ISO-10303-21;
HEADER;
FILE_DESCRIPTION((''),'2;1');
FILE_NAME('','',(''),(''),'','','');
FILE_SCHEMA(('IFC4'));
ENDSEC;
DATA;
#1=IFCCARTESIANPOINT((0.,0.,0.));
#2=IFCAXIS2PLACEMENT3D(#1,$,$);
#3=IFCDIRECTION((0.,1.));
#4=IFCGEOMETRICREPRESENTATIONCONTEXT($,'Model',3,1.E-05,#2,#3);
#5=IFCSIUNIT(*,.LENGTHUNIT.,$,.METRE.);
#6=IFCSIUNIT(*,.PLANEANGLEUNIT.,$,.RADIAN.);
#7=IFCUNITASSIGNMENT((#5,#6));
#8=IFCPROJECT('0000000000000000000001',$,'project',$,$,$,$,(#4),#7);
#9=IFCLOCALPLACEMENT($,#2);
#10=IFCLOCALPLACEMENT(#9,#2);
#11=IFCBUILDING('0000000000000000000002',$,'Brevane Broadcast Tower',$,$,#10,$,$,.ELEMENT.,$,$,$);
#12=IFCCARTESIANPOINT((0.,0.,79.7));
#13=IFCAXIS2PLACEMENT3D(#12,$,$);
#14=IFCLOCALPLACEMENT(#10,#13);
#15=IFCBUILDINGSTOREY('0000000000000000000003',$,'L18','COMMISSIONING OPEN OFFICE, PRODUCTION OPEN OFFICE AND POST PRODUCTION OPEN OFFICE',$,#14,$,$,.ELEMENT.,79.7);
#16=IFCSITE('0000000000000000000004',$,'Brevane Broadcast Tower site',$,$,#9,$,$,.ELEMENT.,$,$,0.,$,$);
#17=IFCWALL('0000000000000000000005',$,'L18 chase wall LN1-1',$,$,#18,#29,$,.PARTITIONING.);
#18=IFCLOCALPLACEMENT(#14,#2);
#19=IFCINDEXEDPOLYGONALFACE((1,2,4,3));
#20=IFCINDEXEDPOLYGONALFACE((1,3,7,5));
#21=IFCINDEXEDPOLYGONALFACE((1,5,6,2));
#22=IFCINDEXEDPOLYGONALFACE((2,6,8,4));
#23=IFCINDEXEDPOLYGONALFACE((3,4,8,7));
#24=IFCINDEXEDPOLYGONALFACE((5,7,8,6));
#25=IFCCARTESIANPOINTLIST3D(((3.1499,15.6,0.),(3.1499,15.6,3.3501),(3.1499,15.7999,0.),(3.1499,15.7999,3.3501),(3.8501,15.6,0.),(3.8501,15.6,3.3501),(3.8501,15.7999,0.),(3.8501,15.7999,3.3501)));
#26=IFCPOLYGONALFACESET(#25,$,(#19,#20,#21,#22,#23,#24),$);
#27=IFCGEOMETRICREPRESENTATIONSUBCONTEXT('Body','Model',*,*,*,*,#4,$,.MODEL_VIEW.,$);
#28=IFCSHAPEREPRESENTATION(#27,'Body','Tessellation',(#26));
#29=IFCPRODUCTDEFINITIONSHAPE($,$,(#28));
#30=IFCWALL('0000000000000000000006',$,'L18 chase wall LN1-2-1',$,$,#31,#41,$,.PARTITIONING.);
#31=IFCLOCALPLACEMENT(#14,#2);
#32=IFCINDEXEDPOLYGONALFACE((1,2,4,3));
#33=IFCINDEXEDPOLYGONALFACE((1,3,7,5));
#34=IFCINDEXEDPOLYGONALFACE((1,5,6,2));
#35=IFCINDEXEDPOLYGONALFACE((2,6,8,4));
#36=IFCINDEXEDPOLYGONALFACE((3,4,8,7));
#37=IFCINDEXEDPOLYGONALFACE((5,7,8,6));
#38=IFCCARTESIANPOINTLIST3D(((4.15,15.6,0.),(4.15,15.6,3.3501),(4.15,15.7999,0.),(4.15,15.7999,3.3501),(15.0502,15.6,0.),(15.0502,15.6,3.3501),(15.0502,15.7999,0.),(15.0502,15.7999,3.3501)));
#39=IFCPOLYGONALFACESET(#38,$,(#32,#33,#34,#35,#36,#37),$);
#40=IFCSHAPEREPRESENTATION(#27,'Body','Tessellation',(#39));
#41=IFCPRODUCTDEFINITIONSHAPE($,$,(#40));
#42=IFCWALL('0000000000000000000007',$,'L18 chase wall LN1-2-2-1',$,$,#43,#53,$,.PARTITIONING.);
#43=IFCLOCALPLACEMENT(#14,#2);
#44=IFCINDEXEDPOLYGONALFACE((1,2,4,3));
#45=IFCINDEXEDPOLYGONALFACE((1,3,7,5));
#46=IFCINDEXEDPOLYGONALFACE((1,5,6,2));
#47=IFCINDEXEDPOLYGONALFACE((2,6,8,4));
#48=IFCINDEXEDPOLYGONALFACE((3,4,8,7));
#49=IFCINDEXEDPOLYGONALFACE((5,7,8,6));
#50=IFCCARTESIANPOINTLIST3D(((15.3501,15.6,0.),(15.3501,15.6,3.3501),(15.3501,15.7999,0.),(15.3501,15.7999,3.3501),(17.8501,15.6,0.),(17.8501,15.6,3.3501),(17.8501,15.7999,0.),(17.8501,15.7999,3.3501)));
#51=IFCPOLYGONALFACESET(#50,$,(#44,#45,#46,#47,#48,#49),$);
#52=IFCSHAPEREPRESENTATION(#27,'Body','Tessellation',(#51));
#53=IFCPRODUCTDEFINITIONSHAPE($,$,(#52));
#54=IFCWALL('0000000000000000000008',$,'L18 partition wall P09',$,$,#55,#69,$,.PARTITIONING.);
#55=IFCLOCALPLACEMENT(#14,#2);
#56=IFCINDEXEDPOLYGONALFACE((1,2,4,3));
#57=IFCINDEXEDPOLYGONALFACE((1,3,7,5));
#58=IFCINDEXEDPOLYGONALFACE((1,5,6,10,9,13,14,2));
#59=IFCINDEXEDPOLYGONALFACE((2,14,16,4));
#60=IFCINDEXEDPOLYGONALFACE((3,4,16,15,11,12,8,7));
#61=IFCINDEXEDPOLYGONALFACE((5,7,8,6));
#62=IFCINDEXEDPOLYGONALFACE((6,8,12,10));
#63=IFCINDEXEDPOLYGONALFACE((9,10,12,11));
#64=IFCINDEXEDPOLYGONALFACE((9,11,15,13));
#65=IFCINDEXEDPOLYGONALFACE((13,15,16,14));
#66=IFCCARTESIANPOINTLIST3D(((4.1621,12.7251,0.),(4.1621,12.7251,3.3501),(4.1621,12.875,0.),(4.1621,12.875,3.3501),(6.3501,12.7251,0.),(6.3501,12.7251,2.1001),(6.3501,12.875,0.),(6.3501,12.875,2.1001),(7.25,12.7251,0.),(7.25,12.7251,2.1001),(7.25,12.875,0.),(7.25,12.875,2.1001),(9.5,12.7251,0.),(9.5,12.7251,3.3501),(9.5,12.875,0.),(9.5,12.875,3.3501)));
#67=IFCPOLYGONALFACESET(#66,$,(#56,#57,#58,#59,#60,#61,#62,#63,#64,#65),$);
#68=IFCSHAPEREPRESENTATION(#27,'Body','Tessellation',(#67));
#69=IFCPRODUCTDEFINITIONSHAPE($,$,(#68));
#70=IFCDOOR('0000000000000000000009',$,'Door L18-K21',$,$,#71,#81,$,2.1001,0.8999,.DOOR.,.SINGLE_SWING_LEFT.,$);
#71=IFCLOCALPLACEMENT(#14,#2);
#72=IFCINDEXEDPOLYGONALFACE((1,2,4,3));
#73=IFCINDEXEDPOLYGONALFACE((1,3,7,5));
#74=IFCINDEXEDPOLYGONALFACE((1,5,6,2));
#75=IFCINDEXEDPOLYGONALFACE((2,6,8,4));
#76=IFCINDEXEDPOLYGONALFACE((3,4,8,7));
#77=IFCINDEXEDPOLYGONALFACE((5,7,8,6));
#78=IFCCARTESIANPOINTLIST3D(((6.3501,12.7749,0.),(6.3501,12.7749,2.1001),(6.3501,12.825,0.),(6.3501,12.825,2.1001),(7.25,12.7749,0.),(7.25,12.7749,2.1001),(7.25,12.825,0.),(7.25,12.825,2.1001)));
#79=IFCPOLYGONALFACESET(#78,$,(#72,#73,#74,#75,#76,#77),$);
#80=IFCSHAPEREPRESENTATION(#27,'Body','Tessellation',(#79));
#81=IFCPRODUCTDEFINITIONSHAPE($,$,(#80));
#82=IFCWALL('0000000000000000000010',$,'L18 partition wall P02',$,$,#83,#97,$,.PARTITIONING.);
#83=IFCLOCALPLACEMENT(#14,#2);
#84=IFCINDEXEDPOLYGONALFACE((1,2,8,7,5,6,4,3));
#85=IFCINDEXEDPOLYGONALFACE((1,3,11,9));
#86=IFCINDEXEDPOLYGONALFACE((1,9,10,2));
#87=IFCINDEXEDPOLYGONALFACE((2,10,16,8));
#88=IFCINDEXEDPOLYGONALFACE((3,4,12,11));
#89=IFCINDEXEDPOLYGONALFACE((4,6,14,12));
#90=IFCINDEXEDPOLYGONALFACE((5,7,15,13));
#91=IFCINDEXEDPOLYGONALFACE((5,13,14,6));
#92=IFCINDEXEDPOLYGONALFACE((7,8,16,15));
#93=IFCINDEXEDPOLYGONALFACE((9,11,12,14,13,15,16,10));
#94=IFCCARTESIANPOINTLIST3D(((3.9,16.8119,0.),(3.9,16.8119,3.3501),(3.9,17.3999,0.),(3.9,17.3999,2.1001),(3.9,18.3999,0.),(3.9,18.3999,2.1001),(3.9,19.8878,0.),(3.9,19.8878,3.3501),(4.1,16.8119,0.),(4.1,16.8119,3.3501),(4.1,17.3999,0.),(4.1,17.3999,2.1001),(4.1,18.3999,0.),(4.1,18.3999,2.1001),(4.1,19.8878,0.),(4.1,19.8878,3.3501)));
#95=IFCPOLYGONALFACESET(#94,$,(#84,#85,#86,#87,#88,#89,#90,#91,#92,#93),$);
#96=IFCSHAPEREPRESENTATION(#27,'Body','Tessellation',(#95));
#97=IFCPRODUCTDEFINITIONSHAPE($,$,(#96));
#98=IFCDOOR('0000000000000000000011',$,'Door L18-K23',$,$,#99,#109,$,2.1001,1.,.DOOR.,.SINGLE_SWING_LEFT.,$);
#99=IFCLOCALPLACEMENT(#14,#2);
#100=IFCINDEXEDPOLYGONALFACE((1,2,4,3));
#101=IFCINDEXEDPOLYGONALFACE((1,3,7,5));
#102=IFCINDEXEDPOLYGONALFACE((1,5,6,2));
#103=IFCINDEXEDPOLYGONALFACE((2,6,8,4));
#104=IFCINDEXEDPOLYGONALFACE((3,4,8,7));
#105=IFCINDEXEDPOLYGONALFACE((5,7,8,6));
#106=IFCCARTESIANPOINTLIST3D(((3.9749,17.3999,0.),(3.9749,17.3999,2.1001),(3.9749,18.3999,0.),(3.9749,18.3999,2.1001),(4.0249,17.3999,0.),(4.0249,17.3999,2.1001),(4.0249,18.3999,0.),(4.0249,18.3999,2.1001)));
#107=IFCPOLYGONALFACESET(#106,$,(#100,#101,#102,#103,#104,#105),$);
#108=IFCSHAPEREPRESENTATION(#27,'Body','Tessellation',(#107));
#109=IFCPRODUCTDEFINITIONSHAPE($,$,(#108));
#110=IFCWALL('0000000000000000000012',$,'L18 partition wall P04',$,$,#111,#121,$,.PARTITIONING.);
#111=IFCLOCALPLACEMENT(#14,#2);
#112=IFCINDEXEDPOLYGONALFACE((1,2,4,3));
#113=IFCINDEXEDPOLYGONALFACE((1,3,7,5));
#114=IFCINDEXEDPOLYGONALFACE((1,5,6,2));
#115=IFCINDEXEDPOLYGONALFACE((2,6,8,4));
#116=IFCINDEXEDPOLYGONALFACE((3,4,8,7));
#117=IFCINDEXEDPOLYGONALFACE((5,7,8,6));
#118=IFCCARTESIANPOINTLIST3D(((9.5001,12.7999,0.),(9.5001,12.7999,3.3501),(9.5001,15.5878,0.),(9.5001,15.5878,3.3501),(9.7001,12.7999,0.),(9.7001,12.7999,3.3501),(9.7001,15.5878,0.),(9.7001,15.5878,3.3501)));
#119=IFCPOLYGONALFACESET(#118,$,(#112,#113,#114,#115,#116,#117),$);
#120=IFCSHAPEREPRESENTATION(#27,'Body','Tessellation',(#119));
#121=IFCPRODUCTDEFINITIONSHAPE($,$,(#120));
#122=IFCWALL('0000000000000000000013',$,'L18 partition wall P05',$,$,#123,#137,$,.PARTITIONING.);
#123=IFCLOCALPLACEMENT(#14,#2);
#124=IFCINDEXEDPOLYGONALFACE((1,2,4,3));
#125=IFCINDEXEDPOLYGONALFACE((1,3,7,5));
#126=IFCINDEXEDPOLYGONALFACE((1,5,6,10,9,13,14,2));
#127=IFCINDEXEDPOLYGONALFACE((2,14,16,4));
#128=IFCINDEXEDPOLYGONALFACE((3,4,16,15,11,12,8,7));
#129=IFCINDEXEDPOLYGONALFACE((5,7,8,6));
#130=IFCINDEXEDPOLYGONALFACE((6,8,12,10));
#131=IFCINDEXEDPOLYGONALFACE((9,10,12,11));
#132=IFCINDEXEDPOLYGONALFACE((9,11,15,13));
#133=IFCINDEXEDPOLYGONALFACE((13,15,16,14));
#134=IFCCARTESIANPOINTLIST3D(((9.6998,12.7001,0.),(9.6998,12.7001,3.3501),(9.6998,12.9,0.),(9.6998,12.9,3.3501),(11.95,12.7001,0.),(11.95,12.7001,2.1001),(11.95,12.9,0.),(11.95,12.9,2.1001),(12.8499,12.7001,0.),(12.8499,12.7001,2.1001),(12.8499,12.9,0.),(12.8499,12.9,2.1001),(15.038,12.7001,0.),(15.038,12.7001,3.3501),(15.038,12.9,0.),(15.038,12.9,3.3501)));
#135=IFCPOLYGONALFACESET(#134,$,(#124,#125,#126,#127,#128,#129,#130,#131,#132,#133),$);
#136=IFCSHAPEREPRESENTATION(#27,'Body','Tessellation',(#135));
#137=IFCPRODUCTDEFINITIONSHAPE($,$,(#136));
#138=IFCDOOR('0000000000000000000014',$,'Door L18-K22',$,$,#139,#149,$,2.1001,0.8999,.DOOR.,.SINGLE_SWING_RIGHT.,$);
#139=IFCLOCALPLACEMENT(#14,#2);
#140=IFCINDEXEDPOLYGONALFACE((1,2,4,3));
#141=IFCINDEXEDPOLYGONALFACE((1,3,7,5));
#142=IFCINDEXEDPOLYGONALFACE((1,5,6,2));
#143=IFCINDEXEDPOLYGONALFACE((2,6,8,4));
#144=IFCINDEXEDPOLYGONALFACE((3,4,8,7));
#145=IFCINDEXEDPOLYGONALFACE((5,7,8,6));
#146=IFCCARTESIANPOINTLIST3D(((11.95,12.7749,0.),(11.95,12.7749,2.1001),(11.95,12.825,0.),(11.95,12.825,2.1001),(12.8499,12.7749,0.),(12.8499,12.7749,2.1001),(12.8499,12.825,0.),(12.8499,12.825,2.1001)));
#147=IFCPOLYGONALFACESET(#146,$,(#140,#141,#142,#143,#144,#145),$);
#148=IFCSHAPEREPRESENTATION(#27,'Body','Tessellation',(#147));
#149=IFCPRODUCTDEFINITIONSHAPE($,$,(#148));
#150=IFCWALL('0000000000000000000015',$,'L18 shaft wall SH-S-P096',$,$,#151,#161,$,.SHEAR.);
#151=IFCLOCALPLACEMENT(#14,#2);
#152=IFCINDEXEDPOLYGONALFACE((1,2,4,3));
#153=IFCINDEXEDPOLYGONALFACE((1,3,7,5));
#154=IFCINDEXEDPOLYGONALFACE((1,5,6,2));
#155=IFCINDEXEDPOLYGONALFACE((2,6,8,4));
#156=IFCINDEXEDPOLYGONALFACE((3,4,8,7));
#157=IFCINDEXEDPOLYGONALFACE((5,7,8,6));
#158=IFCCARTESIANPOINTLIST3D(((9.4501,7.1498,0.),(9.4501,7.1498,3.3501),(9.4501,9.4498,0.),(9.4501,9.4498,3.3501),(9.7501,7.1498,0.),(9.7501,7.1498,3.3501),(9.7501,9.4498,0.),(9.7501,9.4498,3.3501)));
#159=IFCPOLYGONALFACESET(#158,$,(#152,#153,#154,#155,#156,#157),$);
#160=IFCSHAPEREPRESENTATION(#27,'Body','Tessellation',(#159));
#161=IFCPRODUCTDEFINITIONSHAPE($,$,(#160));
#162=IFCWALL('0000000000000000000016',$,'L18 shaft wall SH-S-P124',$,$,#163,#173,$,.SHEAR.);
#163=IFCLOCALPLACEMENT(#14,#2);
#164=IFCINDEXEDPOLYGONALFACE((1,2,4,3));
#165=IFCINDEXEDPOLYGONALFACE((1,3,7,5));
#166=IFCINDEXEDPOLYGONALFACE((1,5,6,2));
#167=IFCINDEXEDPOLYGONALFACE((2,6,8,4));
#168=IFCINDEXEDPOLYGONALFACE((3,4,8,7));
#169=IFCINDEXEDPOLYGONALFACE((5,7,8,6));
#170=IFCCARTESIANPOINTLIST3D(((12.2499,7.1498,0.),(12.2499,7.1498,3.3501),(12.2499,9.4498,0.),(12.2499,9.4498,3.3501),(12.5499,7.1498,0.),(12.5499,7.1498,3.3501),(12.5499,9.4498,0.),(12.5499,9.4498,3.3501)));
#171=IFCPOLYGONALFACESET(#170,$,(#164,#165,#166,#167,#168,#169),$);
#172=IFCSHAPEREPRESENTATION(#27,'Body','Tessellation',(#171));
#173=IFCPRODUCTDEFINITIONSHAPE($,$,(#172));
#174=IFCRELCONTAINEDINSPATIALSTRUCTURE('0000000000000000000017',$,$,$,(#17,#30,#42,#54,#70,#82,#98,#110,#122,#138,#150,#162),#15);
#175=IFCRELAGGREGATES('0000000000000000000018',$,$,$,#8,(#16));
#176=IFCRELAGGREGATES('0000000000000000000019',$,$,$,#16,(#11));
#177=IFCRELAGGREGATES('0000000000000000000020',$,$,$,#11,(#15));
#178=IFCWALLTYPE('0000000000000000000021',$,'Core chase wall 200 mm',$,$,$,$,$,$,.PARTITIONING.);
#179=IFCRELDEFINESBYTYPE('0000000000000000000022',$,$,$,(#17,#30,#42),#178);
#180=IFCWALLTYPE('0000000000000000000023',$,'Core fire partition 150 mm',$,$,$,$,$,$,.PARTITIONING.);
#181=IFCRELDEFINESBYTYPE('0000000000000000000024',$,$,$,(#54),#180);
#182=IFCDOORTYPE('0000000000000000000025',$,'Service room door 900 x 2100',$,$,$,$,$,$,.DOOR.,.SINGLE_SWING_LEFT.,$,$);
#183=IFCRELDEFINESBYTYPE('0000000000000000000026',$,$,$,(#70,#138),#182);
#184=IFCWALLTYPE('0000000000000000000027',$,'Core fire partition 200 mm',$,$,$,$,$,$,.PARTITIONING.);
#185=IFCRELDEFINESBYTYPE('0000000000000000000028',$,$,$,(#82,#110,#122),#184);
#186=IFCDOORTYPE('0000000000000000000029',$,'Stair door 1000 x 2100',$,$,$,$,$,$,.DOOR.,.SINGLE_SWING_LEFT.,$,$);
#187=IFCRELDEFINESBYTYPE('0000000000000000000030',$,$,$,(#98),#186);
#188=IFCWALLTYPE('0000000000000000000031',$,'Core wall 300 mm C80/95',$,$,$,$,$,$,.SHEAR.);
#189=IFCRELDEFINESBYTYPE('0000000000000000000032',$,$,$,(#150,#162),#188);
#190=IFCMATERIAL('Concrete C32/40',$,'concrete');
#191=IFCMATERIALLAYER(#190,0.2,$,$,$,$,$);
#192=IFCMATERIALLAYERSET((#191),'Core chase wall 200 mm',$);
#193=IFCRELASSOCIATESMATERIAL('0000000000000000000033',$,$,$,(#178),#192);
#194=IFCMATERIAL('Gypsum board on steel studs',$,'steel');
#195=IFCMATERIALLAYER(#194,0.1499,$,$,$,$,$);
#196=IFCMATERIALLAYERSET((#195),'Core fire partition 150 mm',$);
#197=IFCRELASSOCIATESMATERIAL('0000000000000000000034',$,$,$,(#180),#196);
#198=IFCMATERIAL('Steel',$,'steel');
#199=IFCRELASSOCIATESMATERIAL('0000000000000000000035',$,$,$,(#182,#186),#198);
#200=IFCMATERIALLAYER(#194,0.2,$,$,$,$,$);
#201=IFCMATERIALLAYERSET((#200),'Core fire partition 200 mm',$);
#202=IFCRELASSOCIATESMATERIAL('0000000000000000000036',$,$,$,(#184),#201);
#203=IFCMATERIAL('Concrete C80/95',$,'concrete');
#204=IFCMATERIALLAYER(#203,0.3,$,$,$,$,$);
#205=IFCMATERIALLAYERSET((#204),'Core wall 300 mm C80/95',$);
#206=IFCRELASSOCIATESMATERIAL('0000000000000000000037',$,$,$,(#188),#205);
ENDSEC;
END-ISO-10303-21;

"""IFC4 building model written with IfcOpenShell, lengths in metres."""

from ifc_helpers import new_model, si_unit, direction, frame, frame_2d, origin, place, context, subcontext, project, spatial, rectangle, extrude, material, layer, layer_set, type_object, element, fill, save


model = new_model("IFC4")

# Units and contexts
model_context = context("Model", 3, precision=1e-05, world=origin(), true_north=direction((0.0, 1.0)))
body_context = subcontext(model_context, "Body", "Model", "MODEL_VIEW")
ifc_project = project(units=[si_unit("LENGTHUNIT", "METRE"), si_unit("PLANEANGLEUNIT", "RADIAN")], contexts=[model_context])

# Site, building, storey
site_placement = place(None, origin())
site = spatial("IfcSite", under=ifc_project, at=site_placement, Name="Brevane Broadcast Tower site", CompositionType="ELEMENT", RefElevation=0.0)
building_placement = place(site_placement, origin())
building = spatial("IfcBuilding", under=site, at=building_placement, Name="Brevane Broadcast Tower", CompositionType="ELEMENT")
storey_placement = place(building_placement, frame((0.0, 0.0, 79.7)))
storey = spatial("IfcBuildingStorey", under=building, at=storey_placement, Name="L18", Description="COMMISSIONING OPEN OFFICE, PRODUCTION OPEN OFFICE AND POST PRODUCTION OPEN OFFICE", CompositionType="ELEMENT", Elevation=79.7)

# Walls
ifc_material_1 = material(Name="Concrete C32/40", Category="concrete")
ifc_layer_1 = layer(ifc_material_1, 0.2)
ifc_layer_set_1 = layer_set([ifc_layer_1], Name="Core chase wall 200 mm")
wall_type_1 = type_object("IfcWallType", Name="Core chase wall 200 mm", PredefinedType="PARTITIONING", material=ifc_layer_set_1)
wall_1_placement = place(storey_placement, frame((3.1499, 15.7, 0.0), z_axis=(0.0, 0.0, 1.0), x_axis=(1.0, 0.0, 0.0)))
element("IfcWall", 1, at=wall_1_placement, inside=storey, type_object=wall_type_1, Name="L18 chase wall LN1-1", PredefinedType="PARTITIONING", context=body_context, shape_type="SweptSolid", body=[
    extrude(rectangle(XDim=0.7002, YDim=0.2, at=frame_2d((0.3501, 0.0))), origin(), (0.0, 0.0, 1.0), 3.3501),
])
wall_2_placement = place(storey_placement, frame((4.1499, 15.7, 0.0), z_axis=(0.0, 0.0, 1.0), x_axis=(1.0, 0.0, 0.0)))
element("IfcWall", 2, at=wall_2_placement, inside=storey, type_object=wall_type_1, Name="L18 chase wall LN1-2-1", PredefinedType="PARTITIONING", context=body_context, shape_type="SweptSolid", body=[
    extrude(rectangle(XDim=10.9001, YDim=0.2, at=frame_2d((5.4502, 0.0))), origin(), (0.0, 0.0, 1.0), 3.3501),
])
wall_3_placement = place(storey_placement, frame((15.3501, 15.7, 0.0), z_axis=(0.0, 0.0, 1.0), x_axis=(1.0, 0.0, 0.0)))
element("IfcWall", 3, at=wall_3_placement, inside=storey, type_object=wall_type_1, Name="L18 chase wall LN1-2-2-1", PredefinedType="PARTITIONING", context=body_context, shape_type="SweptSolid", body=[
    extrude(rectangle(XDim=2.5, YDim=0.2, at=frame_2d((1.25, 0.0))), origin(), (0.0, 0.0, 1.0), 3.3501),
])

# Walls, openings, doors
ifc_material_2 = material(Name="Gypsum board on steel studs", Category="steel")
ifc_layer_2 = layer(ifc_material_2, 0.1499)
ifc_layer_set_2 = layer_set([ifc_layer_2], Name="Core fire partition 150 mm")
wall_type_2 = type_object("IfcWallType", Name="Core fire partition 150 mm", PredefinedType="PARTITIONING", material=ifc_layer_set_2)
wall_4_placement = place(storey_placement, frame((4.1621, 12.8, 0.0), z_axis=(0.0, 0.0, 1.0), x_axis=(1.0, 0.0, 0.0)))
wall_4 = element("IfcWall", 4, at=wall_4_placement, inside=storey, type_object=wall_type_2, Name="L18 partition wall P09", PredefinedType="PARTITIONING", context=body_context, shape_type="SweptSolid", body=[
    extrude(rectangle(XDim=5.3379, YDim=0.1499, at=frame_2d((2.6689, 0.0))), origin(), (0.0, 0.0, 1.0), 3.3501),
])
opening_1_placement = place(wall_4_placement, frame((2.188, 0.0, 0.0)))
opening_1 = element("IfcOpeningElement", 5, at=opening_1_placement, cuts=wall_4, PredefinedType="OPENING", context=body_context, shape_type="SweptSolid", body=[
    extrude(rectangle(XDim=0.8999, YDim=2.1001, at=frame_2d((0.45, 1.05))), frame((0.0, 0.085, 0.0), z_axis=(0.0, -1.0, 0.0), x_axis=(1.0, 0.0, 0.0)), (0.0, 0.0, 1.0), 0.1699),
])
ifc_material_3 = material(Name="Steel", Category="steel")
door_type_1 = type_object("IfcDoorType", Name="Service room door 900 x 2100", OperationType="SINGLE_SWING_LEFT", PredefinedType="DOOR", material=ifc_material_3)
door_1_placement = place(opening_1_placement, origin())
door_1 = element("IfcDoor", 6, at=door_1_placement, inside=storey, type_object=door_type_1, Name="Door L18-K21", OperationType="SINGLE_SWING_LEFT", OverallHeight=2.1001, OverallWidth=0.8999, PredefinedType="DOOR", context=body_context, shape_type="SweptSolid", body=[
    extrude(rectangle(XDim=0.8999, YDim=2.1001, at=frame_2d((0.45, 1.05))), frame((0.0, 0.0249, 0.0), z_axis=(0.0, -1.0, 0.0), x_axis=(1.0, 0.0, 0.0)), (0.0, 0.0, 1.0), 0.05),
])
fill(opening_1, door_1)
ifc_layer_3 = layer(ifc_material_2, 0.2)
ifc_layer_set_3 = layer_set([ifc_layer_3], Name="Core fire partition 200 mm")
wall_type_3 = type_object("IfcWallType", Name="Core fire partition 200 mm", PredefinedType="PARTITIONING", material=ifc_layer_set_3)
wall_5_placement = place(storey_placement, frame((4.0, 19.8879, 0.0), z_axis=(0.0, 0.0, 1.0), x_axis=(0.0, -1.0, 0.0)))
wall_5 = element("IfcWall", 7, at=wall_5_placement, inside=storey, type_object=wall_type_3, Name="L18 partition wall P02", PredefinedType="PARTITIONING", context=body_context, shape_type="SweptSolid", body=[
    extrude(rectangle(XDim=3.0759, YDim=0.2, at=frame_2d((1.5381, 0.0))), origin(), (0.0, 0.0, 1.0), 3.3501),
])
opening_2_placement = place(wall_5_placement, frame((1.488, 0.0, 0.0)))
opening_2 = element("IfcOpeningElement", 8, at=opening_2_placement, cuts=wall_5, PredefinedType="OPENING", context=body_context, shape_type="SweptSolid", body=[
    extrude(rectangle(XDim=1.0, YDim=2.1001, at=frame_2d((0.5, 1.05))), frame((0.0, 0.1099, 0.0), z_axis=(0.0, -1.0, 0.0), x_axis=(1.0, 0.0, 0.0)), (0.0, 0.0, 1.0), 0.22),
])
door_type_2 = type_object("IfcDoorType", Name="Stair door 1000 x 2100", OperationType="SINGLE_SWING_LEFT", PredefinedType="DOOR", material=ifc_material_3)
door_2_placement = place(opening_2_placement, origin())
door_2 = element("IfcDoor", 9, at=door_2_placement, inside=storey, type_object=door_type_2, Name="Door L18-K23", OperationType="SINGLE_SWING_LEFT", OverallHeight=2.1001, OverallWidth=1.0, PredefinedType="DOOR", context=body_context, shape_type="SweptSolid", body=[
    extrude(rectangle(XDim=1.0, YDim=2.1001, at=frame_2d((0.5, 1.05))), frame((0.0, 0.0249, 0.0), z_axis=(0.0, -1.0, 0.0), x_axis=(1.0, 0.0, 0.0)), (0.0, 0.0, 1.0), 0.05),
])
fill(opening_2, door_2)

# Wall
wall_6_placement = place(storey_placement, frame((9.6001, 15.5879, 0.0), z_axis=(0.0, 0.0, 1.0), x_axis=(0.0, -1.0, 0.0)))
element("IfcWall", 10, at=wall_6_placement, inside=storey, type_object=wall_type_3, Name="L18 partition wall P04", PredefinedType="PARTITIONING", context=body_context, shape_type="SweptSolid", body=[
    extrude(rectangle(XDim=2.7878, YDim=0.2, at=frame_2d((1.394, 0.0))), origin(), (0.0, 0.0, 1.0), 3.3501),
])

# Wall, opening, door
wall_7_placement = place(storey_placement, frame((9.7, 12.8, 0.0), z_axis=(0.0, 0.0, 1.0), x_axis=(1.0, 0.0, 0.0)))
wall_7 = element("IfcWall", 11, at=wall_7_placement, inside=storey, type_object=wall_type_3, Name="L18 partition wall P05", PredefinedType="PARTITIONING", context=body_context, shape_type="SweptSolid", body=[
    extrude(rectangle(XDim=5.3381, YDim=0.2, at=frame_2d((2.6689, 0.0))), origin(), (0.0, 0.0, 1.0), 3.3501),
])
opening_3_placement = place(wall_7_placement, frame((2.25, 0.0, 0.0)))
opening_3 = element("IfcOpeningElement", 12, at=opening_3_placement, cuts=wall_7, PredefinedType="OPENING", context=body_context, shape_type="SweptSolid", body=[
    extrude(rectangle(XDim=0.8999, YDim=2.1001, at=frame_2d((0.45, 1.05))), frame((0.0, 0.1099, 0.0), z_axis=(0.0, -1.0, 0.0), x_axis=(1.0, 0.0, 0.0)), (0.0, 0.0, 1.0), 0.22),
])
door_3_placement = place(opening_3_placement, origin())
door_3 = element("IfcDoor", 13, at=door_3_placement, inside=storey, type_object=door_type_1, Name="Door L18-K22", OperationType="SINGLE_SWING_RIGHT", OverallHeight=2.1001, OverallWidth=0.8999, PredefinedType="DOOR", context=body_context, shape_type="SweptSolid", body=[
    extrude(rectangle(XDim=0.8999, YDim=2.1001, at=frame_2d((0.45, 1.05))), frame((0.0, 0.0249, 0.0), z_axis=(0.0, -1.0, 0.0), x_axis=(1.0, 0.0, 0.0)), (0.0, 0.0, 1.0), 0.05),
])
fill(opening_3, door_3)

# Walls
ifc_material_4 = material(Name="Concrete C80/95", Category="concrete")
ifc_layer_4 = layer(ifc_material_4, 0.3)
ifc_layer_set_4 = layer_set([ifc_layer_4], Name="Core wall 300 mm C80/95")
wall_type_4 = type_object("IfcWallType", Name="Core wall 300 mm C80/95", PredefinedType="SHEAR", material=ifc_layer_set_4)
for number, where, z_axis, x_axis, name in (
    (14, (9.6001, 7.1499, 0.0), (0.0, 0.0, 1.0), (0.0, 1.0, 0.0), "L18 shaft wall SH-S-P096"),
    (15, (12.3999, 7.1499, 0.0), (0.0, 0.0, 1.0), (0.0, 1.0, 0.0), "L18 shaft wall SH-S-P124"),
):
    element("IfcWall", number, at=place(storey_placement, frame(where, z_axis=z_axis, x_axis=x_axis)), inside=storey, type_object=wall_type_4, Name=name, PredefinedType="SHEAR", context=body_context, shape_type="SweptSolid", body=[
        extrude(rectangle(XDim=2.3, YDim=0.3, at=frame_2d((1.1499, 0.0))), origin(), (0.0, 0.0, 1.0), 3.3501),
    ])

save(model, "model.ifc")
